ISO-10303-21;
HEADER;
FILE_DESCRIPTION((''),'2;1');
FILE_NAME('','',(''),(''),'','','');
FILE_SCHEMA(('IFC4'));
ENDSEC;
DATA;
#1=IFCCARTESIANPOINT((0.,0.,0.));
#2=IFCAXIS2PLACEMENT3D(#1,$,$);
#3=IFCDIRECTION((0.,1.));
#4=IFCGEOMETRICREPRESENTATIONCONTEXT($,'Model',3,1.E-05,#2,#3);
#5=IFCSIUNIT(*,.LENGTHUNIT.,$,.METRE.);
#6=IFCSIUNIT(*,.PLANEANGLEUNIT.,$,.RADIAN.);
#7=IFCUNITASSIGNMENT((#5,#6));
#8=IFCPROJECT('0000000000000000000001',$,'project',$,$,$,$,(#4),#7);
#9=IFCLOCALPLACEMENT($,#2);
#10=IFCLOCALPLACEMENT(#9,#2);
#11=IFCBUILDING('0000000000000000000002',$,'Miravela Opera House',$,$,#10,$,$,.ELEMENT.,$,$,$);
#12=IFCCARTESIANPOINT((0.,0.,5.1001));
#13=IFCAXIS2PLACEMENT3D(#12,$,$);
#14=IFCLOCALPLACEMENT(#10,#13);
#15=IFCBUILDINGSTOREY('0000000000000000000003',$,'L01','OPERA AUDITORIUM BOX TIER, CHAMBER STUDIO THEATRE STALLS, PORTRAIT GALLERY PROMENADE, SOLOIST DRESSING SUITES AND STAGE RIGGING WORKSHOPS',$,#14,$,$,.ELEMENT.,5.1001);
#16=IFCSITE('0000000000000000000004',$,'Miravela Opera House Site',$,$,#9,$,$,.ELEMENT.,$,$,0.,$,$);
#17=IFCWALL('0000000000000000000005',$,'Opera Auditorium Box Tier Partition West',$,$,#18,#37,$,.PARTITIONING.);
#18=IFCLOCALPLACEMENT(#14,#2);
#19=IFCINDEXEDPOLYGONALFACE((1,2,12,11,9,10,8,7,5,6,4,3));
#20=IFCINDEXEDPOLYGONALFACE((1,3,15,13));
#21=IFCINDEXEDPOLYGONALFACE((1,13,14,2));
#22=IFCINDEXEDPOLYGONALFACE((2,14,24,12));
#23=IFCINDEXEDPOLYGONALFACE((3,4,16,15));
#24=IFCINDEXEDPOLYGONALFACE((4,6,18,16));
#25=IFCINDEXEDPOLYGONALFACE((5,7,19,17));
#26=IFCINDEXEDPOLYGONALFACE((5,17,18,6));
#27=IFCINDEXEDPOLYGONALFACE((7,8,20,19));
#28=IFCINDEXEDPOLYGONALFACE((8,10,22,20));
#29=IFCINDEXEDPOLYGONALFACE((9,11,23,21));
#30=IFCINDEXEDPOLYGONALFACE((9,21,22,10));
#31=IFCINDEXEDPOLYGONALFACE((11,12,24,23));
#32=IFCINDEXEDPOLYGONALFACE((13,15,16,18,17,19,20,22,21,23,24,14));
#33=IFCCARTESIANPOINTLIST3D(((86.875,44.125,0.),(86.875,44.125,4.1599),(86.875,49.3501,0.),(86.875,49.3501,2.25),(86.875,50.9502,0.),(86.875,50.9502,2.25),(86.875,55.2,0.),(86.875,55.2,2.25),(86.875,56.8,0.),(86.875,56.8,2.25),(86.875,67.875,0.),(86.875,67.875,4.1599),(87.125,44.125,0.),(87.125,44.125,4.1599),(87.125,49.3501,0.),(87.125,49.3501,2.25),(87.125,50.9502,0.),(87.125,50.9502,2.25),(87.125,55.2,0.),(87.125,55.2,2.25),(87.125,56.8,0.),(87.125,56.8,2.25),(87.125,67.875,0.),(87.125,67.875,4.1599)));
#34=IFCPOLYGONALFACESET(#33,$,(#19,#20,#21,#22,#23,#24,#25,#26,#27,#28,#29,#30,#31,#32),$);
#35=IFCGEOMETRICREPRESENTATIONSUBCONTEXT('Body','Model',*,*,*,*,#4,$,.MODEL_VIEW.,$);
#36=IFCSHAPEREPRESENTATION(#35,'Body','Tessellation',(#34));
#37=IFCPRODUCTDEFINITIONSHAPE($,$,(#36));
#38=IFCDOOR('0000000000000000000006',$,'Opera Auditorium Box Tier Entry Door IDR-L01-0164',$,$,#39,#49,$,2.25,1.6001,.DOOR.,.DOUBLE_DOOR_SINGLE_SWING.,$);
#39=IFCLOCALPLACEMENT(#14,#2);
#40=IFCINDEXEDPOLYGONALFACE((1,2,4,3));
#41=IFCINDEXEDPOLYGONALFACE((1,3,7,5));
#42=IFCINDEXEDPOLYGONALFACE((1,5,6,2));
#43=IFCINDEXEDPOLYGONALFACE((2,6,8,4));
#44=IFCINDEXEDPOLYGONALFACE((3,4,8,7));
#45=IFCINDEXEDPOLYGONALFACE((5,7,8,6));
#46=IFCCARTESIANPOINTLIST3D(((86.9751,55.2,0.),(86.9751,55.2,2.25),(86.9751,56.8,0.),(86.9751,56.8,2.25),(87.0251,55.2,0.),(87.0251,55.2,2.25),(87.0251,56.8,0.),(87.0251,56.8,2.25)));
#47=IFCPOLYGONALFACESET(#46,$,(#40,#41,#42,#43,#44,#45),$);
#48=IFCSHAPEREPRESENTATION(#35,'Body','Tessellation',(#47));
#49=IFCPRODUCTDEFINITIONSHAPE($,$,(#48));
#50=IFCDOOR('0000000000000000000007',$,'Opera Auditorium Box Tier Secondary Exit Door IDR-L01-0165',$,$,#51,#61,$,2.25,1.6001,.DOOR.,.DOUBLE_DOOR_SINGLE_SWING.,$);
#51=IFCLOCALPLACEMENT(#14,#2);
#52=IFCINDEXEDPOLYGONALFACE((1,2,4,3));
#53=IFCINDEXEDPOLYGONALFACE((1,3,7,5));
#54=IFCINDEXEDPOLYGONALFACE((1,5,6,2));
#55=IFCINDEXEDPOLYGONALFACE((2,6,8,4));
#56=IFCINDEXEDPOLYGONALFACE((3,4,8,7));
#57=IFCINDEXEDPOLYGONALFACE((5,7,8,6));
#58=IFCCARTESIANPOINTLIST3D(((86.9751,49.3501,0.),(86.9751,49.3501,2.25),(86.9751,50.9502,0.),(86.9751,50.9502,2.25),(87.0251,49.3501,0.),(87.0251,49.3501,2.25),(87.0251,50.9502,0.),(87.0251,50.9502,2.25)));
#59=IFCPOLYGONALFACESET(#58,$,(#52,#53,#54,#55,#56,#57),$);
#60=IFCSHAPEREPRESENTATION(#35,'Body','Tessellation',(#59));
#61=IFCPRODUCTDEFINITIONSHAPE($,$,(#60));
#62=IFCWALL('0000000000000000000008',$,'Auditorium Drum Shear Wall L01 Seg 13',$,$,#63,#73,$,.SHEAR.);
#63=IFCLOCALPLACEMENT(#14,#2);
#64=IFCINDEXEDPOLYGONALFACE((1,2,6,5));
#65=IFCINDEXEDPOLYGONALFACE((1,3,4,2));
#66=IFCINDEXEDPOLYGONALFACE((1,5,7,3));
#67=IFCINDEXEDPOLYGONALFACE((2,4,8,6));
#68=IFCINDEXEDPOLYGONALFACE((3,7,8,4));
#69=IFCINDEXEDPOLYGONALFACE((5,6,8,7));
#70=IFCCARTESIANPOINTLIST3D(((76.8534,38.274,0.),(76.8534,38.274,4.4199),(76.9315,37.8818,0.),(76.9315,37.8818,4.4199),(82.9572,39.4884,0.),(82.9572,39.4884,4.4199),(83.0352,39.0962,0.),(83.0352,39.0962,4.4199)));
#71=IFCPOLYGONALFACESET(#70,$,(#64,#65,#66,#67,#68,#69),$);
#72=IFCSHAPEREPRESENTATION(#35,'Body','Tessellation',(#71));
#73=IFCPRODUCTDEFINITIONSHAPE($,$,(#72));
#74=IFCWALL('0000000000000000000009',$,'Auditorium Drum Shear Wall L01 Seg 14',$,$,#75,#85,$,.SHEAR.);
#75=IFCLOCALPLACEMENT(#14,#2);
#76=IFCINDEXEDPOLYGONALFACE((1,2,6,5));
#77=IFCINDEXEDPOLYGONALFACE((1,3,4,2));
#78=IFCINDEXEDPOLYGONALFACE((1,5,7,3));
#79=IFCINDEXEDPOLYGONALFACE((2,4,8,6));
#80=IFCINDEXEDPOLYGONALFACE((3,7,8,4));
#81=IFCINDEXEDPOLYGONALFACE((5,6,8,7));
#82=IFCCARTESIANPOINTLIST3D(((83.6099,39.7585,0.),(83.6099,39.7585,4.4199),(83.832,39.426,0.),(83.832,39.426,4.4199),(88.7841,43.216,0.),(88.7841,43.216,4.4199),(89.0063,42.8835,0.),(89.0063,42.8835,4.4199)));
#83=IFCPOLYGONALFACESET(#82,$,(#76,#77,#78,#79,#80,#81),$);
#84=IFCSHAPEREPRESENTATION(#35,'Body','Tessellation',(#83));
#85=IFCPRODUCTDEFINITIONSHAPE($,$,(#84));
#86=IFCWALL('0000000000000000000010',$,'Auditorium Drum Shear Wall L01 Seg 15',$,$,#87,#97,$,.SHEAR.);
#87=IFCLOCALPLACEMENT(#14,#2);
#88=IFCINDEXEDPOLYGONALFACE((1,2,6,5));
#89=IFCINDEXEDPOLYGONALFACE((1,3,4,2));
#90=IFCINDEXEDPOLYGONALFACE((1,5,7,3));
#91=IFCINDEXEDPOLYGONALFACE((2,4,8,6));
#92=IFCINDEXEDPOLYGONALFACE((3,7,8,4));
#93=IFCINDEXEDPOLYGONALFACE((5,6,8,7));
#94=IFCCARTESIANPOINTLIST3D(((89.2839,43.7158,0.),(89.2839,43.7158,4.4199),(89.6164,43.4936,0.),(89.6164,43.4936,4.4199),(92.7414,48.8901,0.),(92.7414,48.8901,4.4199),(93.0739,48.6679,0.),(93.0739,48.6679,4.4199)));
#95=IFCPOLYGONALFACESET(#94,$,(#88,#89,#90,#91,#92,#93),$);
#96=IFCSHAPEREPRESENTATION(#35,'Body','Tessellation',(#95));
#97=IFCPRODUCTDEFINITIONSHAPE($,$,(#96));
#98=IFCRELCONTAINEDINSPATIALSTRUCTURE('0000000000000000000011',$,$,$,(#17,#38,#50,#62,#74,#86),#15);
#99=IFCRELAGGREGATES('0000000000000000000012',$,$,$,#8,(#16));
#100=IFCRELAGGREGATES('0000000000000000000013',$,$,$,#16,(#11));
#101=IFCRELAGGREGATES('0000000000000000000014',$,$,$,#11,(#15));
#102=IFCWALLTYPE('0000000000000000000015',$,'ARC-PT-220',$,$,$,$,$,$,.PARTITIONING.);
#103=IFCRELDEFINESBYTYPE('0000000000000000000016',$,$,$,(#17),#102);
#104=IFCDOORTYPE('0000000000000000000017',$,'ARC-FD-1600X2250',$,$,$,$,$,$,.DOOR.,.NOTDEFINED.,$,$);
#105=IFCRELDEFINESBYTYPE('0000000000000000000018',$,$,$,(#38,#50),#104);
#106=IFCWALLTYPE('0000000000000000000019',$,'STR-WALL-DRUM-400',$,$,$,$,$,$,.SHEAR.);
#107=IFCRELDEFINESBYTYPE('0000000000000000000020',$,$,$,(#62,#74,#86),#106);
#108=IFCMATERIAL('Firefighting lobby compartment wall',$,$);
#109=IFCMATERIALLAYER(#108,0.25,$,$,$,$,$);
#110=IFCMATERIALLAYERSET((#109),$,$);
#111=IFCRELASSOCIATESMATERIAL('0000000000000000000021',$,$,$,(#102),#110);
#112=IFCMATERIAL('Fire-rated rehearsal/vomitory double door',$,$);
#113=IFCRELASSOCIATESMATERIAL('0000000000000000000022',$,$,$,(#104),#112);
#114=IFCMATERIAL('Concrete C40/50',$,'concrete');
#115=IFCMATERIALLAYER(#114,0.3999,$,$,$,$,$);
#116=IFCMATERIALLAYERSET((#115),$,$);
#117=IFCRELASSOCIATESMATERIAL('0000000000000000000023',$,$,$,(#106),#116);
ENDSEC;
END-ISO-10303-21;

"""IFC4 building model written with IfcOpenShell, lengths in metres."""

from ifc_helpers import new_model, si_unit, direction, frame, frame_2d, origin, place, context, subcontext, project, spatial, rectangle, extrude, material, layer, layer_set, type_object, element, fill, save


model = new_model("IFC4")

# Units and contexts
model_context = context("Model", 3, precision=1e-05, world=origin(), true_north=direction((0.0, 1.0)))
body_context = subcontext(model_context, "Body", "Model", "MODEL_VIEW")
ifc_project = project(units=[si_unit("LENGTHUNIT", "METRE"), si_unit("PLANEANGLEUNIT", "RADIAN")], contexts=[model_context])

# Site, building, storey
site_placement = place(None, origin())
site = spatial("IfcSite", under=ifc_project, at=site_placement, Name="Miravela Opera House Site", CompositionType="ELEMENT", RefElevation=0.0)
building_placement = place(site_placement, origin())
building = spatial("IfcBuilding", under=site, at=building_placement, Name="Miravela Opera House", CompositionType="ELEMENT")
storey_placement = place(building_placement, frame((0.0, 0.0, 5.1001)))
storey = spatial("IfcBuildingStorey", under=building, at=storey_placement, Name="L01", Description="OPERA AUDITORIUM BOX TIER, CHAMBER STUDIO THEATRE STALLS, PORTRAIT GALLERY PROMENADE, SOLOIST DRESSING SUITES AND STAGE RIGGING WORKSHOPS", CompositionType="ELEMENT", Elevation=5.1001)

# Shared definitions
ifc_material_1 = material(Name="Concrete C40/50", Category="concrete")

# Shared definitions
ifc_material_2 = material(Name="Firefighting lobby compartment wall")
ifc_layer_1 = layer(ifc_material_2, 0.25)
ifc_layer_set_1 = layer_set([ifc_layer_1])
wall_type_1 = type_object("IfcWallType", Name="ARC-PT-220", PredefinedType="PARTITIONING", material=ifc_layer_set_1)

# Wall, openings, doors
wall_1_placement = place(storey_placement, frame((87.0, 44.125, 0.0), z_axis=(0.0, 0.0, 1.0), x_axis=(0.0, 1.0, 0.0)))
wall_1 = element("IfcWall", 1, at=wall_1_placement, inside=storey, type_object=wall_type_1, Name="Opera Auditorium Box Tier Partition West", PredefinedType="PARTITIONING", context=body_context, shape_type="SweptSolid", body=[
    extrude(rectangle(XDim=23.75, YDim=0.25, at=frame_2d((11.875, 0.0))), origin(), (0.0, 0.0, 1.0), 4.1599),
])
opening_1_placement = place(wall_1_placement, frame((11.075, 0.0, 0.0)))
opening_1 = element("IfcOpeningElement", 2, at=opening_1_placement, cuts=wall_1, PredefinedType="OPENING", context=body_context, shape_type="SweptSolid", body=[
    extrude(rectangle(XDim=1.6001, YDim=2.25, at=frame_2d((0.8, 1.125))), frame((0.0, 0.135, 0.0), z_axis=(0.0, -1.0, 0.0), x_axis=(1.0, 0.0, 0.0)), (0.0, 0.0, 1.0), 0.27),
])
opening_2_placement = place(wall_1_placement, frame((5.2251, 0.0, 0.0)))
opening_2 = element("IfcOpeningElement", 3, at=opening_2_placement, cuts=wall_1, PredefinedType="OPENING", context=body_context, shape_type="SweptSolid", body=[
    extrude(rectangle(XDim=1.6001, YDim=2.25, at=frame_2d((0.8, 1.125))), frame((0.0, 0.135, 0.0), z_axis=(0.0, -1.0, 0.0), x_axis=(1.0, 0.0, 0.0)), (0.0, 0.0, 1.0), 0.27),
])
ifc_material_3 = material(Name="Fire-rated rehearsal/vomitory double door")
door_type_1 = type_object("IfcDoorType", Name="ARC-FD-1600X2250", OperationType="NOTDEFINED", PredefinedType="DOOR", material=ifc_material_3)
door_1_placement = place(opening_1_placement, origin())
door_1 = element("IfcDoor", 4, at=door_1_placement, inside=storey, type_object=door_type_1, Name="Opera Auditorium Box Tier Entry Door IDR-L01-0164", OperationType="DOUBLE_DOOR_SINGLE_SWING", OverallHeight=2.25, OverallWidth=1.6001, PredefinedType="DOOR", context=body_context, shape_type="SweptSolid", body=[
    extrude(rectangle(XDim=1.6001, YDim=2.25, at=frame_2d((0.8, 1.125))), frame((0.0, 0.0249, 0.0), z_axis=(0.0, -1.0, 0.0), x_axis=(1.0, 0.0, 0.0)), (0.0, 0.0, 1.0), 0.05),
])
fill(opening_1, door_1)
door_2_placement = place(opening_2_placement, origin())
door_2 = element("IfcDoor", 5, at=door_2_placement, inside=storey, type_object=door_type_1, Name="Opera Auditorium Box Tier Secondary Exit Door IDR-L01-0165", OperationType="DOUBLE_DOOR_SINGLE_SWING", OverallHeight=2.25, OverallWidth=1.6001, PredefinedType="DOOR", context=body_context, shape_type="SweptSolid", body=[
    extrude(rectangle(XDim=1.6001, YDim=2.25, at=frame_2d((0.8, 1.125))), frame((0.0, 0.0249, 0.0), z_axis=(0.0, -1.0, 0.0), x_axis=(1.0, 0.0, 0.0)), (0.0, 0.0, 1.0), 0.05),
])
fill(opening_2, door_2)

# Walls
ifc_layer_2 = layer(ifc_material_1, 0.3999)
ifc_layer_set_2 = layer_set([ifc_layer_2])
wall_type_2 = type_object("IfcWallType", Name="STR-WALL-DRUM-400", PredefinedType="SHEAR", material=ifc_layer_set_2)
wall_2_placement = place(storey_placement, frame((76.8923, 38.0779, 0.0), z_axis=(0.0, 0.0, 1.0), x_axis=(0.980778, 0.195128, 0.0)))
element("IfcWall", 6, at=wall_2_placement, inside=storey, type_object=wall_type_2, Name="Auditorium Drum Shear Wall L01 Seg 13", PredefinedType="SHEAR", context=body_context, shape_type="SweptSolid", body=[
    extrude(rectangle(XDim=6.2234, YDim=0.3999, at=frame_2d((3.1118, 0.0))), origin(), (0.0, 0.0, 1.0), 4.4199),
])
for number, where, z_axis, x_axis, name in (
    (7, (83.7209, 39.5923, 0.0), (0.0, 0.0, 1.0), (0.831458, 0.555587, 0.0), "Auditorium Drum Shear Wall L01 Seg 14"),
    (8, (89.4502, 43.6047, 0.0), (0.0, 0.0, 1.0), (0.555587, 0.831458, 0.0), "Auditorium Drum Shear Wall L01 Seg 15"),
):
    element("IfcWall", number, at=place(storey_placement, frame(where, z_axis=z_axis, x_axis=x_axis)), inside=storey, type_object=wall_type_2, Name=name, PredefinedType="SHEAR", context=body_context, shape_type="SweptSolid", body=[
        extrude(rectangle(XDim=6.2231, YDim=0.3999, at=frame_2d((3.1116, 0.0))), origin(), (0.0, 0.0, 1.0), 4.4199),
    ])

save(model, "model.ifc")
